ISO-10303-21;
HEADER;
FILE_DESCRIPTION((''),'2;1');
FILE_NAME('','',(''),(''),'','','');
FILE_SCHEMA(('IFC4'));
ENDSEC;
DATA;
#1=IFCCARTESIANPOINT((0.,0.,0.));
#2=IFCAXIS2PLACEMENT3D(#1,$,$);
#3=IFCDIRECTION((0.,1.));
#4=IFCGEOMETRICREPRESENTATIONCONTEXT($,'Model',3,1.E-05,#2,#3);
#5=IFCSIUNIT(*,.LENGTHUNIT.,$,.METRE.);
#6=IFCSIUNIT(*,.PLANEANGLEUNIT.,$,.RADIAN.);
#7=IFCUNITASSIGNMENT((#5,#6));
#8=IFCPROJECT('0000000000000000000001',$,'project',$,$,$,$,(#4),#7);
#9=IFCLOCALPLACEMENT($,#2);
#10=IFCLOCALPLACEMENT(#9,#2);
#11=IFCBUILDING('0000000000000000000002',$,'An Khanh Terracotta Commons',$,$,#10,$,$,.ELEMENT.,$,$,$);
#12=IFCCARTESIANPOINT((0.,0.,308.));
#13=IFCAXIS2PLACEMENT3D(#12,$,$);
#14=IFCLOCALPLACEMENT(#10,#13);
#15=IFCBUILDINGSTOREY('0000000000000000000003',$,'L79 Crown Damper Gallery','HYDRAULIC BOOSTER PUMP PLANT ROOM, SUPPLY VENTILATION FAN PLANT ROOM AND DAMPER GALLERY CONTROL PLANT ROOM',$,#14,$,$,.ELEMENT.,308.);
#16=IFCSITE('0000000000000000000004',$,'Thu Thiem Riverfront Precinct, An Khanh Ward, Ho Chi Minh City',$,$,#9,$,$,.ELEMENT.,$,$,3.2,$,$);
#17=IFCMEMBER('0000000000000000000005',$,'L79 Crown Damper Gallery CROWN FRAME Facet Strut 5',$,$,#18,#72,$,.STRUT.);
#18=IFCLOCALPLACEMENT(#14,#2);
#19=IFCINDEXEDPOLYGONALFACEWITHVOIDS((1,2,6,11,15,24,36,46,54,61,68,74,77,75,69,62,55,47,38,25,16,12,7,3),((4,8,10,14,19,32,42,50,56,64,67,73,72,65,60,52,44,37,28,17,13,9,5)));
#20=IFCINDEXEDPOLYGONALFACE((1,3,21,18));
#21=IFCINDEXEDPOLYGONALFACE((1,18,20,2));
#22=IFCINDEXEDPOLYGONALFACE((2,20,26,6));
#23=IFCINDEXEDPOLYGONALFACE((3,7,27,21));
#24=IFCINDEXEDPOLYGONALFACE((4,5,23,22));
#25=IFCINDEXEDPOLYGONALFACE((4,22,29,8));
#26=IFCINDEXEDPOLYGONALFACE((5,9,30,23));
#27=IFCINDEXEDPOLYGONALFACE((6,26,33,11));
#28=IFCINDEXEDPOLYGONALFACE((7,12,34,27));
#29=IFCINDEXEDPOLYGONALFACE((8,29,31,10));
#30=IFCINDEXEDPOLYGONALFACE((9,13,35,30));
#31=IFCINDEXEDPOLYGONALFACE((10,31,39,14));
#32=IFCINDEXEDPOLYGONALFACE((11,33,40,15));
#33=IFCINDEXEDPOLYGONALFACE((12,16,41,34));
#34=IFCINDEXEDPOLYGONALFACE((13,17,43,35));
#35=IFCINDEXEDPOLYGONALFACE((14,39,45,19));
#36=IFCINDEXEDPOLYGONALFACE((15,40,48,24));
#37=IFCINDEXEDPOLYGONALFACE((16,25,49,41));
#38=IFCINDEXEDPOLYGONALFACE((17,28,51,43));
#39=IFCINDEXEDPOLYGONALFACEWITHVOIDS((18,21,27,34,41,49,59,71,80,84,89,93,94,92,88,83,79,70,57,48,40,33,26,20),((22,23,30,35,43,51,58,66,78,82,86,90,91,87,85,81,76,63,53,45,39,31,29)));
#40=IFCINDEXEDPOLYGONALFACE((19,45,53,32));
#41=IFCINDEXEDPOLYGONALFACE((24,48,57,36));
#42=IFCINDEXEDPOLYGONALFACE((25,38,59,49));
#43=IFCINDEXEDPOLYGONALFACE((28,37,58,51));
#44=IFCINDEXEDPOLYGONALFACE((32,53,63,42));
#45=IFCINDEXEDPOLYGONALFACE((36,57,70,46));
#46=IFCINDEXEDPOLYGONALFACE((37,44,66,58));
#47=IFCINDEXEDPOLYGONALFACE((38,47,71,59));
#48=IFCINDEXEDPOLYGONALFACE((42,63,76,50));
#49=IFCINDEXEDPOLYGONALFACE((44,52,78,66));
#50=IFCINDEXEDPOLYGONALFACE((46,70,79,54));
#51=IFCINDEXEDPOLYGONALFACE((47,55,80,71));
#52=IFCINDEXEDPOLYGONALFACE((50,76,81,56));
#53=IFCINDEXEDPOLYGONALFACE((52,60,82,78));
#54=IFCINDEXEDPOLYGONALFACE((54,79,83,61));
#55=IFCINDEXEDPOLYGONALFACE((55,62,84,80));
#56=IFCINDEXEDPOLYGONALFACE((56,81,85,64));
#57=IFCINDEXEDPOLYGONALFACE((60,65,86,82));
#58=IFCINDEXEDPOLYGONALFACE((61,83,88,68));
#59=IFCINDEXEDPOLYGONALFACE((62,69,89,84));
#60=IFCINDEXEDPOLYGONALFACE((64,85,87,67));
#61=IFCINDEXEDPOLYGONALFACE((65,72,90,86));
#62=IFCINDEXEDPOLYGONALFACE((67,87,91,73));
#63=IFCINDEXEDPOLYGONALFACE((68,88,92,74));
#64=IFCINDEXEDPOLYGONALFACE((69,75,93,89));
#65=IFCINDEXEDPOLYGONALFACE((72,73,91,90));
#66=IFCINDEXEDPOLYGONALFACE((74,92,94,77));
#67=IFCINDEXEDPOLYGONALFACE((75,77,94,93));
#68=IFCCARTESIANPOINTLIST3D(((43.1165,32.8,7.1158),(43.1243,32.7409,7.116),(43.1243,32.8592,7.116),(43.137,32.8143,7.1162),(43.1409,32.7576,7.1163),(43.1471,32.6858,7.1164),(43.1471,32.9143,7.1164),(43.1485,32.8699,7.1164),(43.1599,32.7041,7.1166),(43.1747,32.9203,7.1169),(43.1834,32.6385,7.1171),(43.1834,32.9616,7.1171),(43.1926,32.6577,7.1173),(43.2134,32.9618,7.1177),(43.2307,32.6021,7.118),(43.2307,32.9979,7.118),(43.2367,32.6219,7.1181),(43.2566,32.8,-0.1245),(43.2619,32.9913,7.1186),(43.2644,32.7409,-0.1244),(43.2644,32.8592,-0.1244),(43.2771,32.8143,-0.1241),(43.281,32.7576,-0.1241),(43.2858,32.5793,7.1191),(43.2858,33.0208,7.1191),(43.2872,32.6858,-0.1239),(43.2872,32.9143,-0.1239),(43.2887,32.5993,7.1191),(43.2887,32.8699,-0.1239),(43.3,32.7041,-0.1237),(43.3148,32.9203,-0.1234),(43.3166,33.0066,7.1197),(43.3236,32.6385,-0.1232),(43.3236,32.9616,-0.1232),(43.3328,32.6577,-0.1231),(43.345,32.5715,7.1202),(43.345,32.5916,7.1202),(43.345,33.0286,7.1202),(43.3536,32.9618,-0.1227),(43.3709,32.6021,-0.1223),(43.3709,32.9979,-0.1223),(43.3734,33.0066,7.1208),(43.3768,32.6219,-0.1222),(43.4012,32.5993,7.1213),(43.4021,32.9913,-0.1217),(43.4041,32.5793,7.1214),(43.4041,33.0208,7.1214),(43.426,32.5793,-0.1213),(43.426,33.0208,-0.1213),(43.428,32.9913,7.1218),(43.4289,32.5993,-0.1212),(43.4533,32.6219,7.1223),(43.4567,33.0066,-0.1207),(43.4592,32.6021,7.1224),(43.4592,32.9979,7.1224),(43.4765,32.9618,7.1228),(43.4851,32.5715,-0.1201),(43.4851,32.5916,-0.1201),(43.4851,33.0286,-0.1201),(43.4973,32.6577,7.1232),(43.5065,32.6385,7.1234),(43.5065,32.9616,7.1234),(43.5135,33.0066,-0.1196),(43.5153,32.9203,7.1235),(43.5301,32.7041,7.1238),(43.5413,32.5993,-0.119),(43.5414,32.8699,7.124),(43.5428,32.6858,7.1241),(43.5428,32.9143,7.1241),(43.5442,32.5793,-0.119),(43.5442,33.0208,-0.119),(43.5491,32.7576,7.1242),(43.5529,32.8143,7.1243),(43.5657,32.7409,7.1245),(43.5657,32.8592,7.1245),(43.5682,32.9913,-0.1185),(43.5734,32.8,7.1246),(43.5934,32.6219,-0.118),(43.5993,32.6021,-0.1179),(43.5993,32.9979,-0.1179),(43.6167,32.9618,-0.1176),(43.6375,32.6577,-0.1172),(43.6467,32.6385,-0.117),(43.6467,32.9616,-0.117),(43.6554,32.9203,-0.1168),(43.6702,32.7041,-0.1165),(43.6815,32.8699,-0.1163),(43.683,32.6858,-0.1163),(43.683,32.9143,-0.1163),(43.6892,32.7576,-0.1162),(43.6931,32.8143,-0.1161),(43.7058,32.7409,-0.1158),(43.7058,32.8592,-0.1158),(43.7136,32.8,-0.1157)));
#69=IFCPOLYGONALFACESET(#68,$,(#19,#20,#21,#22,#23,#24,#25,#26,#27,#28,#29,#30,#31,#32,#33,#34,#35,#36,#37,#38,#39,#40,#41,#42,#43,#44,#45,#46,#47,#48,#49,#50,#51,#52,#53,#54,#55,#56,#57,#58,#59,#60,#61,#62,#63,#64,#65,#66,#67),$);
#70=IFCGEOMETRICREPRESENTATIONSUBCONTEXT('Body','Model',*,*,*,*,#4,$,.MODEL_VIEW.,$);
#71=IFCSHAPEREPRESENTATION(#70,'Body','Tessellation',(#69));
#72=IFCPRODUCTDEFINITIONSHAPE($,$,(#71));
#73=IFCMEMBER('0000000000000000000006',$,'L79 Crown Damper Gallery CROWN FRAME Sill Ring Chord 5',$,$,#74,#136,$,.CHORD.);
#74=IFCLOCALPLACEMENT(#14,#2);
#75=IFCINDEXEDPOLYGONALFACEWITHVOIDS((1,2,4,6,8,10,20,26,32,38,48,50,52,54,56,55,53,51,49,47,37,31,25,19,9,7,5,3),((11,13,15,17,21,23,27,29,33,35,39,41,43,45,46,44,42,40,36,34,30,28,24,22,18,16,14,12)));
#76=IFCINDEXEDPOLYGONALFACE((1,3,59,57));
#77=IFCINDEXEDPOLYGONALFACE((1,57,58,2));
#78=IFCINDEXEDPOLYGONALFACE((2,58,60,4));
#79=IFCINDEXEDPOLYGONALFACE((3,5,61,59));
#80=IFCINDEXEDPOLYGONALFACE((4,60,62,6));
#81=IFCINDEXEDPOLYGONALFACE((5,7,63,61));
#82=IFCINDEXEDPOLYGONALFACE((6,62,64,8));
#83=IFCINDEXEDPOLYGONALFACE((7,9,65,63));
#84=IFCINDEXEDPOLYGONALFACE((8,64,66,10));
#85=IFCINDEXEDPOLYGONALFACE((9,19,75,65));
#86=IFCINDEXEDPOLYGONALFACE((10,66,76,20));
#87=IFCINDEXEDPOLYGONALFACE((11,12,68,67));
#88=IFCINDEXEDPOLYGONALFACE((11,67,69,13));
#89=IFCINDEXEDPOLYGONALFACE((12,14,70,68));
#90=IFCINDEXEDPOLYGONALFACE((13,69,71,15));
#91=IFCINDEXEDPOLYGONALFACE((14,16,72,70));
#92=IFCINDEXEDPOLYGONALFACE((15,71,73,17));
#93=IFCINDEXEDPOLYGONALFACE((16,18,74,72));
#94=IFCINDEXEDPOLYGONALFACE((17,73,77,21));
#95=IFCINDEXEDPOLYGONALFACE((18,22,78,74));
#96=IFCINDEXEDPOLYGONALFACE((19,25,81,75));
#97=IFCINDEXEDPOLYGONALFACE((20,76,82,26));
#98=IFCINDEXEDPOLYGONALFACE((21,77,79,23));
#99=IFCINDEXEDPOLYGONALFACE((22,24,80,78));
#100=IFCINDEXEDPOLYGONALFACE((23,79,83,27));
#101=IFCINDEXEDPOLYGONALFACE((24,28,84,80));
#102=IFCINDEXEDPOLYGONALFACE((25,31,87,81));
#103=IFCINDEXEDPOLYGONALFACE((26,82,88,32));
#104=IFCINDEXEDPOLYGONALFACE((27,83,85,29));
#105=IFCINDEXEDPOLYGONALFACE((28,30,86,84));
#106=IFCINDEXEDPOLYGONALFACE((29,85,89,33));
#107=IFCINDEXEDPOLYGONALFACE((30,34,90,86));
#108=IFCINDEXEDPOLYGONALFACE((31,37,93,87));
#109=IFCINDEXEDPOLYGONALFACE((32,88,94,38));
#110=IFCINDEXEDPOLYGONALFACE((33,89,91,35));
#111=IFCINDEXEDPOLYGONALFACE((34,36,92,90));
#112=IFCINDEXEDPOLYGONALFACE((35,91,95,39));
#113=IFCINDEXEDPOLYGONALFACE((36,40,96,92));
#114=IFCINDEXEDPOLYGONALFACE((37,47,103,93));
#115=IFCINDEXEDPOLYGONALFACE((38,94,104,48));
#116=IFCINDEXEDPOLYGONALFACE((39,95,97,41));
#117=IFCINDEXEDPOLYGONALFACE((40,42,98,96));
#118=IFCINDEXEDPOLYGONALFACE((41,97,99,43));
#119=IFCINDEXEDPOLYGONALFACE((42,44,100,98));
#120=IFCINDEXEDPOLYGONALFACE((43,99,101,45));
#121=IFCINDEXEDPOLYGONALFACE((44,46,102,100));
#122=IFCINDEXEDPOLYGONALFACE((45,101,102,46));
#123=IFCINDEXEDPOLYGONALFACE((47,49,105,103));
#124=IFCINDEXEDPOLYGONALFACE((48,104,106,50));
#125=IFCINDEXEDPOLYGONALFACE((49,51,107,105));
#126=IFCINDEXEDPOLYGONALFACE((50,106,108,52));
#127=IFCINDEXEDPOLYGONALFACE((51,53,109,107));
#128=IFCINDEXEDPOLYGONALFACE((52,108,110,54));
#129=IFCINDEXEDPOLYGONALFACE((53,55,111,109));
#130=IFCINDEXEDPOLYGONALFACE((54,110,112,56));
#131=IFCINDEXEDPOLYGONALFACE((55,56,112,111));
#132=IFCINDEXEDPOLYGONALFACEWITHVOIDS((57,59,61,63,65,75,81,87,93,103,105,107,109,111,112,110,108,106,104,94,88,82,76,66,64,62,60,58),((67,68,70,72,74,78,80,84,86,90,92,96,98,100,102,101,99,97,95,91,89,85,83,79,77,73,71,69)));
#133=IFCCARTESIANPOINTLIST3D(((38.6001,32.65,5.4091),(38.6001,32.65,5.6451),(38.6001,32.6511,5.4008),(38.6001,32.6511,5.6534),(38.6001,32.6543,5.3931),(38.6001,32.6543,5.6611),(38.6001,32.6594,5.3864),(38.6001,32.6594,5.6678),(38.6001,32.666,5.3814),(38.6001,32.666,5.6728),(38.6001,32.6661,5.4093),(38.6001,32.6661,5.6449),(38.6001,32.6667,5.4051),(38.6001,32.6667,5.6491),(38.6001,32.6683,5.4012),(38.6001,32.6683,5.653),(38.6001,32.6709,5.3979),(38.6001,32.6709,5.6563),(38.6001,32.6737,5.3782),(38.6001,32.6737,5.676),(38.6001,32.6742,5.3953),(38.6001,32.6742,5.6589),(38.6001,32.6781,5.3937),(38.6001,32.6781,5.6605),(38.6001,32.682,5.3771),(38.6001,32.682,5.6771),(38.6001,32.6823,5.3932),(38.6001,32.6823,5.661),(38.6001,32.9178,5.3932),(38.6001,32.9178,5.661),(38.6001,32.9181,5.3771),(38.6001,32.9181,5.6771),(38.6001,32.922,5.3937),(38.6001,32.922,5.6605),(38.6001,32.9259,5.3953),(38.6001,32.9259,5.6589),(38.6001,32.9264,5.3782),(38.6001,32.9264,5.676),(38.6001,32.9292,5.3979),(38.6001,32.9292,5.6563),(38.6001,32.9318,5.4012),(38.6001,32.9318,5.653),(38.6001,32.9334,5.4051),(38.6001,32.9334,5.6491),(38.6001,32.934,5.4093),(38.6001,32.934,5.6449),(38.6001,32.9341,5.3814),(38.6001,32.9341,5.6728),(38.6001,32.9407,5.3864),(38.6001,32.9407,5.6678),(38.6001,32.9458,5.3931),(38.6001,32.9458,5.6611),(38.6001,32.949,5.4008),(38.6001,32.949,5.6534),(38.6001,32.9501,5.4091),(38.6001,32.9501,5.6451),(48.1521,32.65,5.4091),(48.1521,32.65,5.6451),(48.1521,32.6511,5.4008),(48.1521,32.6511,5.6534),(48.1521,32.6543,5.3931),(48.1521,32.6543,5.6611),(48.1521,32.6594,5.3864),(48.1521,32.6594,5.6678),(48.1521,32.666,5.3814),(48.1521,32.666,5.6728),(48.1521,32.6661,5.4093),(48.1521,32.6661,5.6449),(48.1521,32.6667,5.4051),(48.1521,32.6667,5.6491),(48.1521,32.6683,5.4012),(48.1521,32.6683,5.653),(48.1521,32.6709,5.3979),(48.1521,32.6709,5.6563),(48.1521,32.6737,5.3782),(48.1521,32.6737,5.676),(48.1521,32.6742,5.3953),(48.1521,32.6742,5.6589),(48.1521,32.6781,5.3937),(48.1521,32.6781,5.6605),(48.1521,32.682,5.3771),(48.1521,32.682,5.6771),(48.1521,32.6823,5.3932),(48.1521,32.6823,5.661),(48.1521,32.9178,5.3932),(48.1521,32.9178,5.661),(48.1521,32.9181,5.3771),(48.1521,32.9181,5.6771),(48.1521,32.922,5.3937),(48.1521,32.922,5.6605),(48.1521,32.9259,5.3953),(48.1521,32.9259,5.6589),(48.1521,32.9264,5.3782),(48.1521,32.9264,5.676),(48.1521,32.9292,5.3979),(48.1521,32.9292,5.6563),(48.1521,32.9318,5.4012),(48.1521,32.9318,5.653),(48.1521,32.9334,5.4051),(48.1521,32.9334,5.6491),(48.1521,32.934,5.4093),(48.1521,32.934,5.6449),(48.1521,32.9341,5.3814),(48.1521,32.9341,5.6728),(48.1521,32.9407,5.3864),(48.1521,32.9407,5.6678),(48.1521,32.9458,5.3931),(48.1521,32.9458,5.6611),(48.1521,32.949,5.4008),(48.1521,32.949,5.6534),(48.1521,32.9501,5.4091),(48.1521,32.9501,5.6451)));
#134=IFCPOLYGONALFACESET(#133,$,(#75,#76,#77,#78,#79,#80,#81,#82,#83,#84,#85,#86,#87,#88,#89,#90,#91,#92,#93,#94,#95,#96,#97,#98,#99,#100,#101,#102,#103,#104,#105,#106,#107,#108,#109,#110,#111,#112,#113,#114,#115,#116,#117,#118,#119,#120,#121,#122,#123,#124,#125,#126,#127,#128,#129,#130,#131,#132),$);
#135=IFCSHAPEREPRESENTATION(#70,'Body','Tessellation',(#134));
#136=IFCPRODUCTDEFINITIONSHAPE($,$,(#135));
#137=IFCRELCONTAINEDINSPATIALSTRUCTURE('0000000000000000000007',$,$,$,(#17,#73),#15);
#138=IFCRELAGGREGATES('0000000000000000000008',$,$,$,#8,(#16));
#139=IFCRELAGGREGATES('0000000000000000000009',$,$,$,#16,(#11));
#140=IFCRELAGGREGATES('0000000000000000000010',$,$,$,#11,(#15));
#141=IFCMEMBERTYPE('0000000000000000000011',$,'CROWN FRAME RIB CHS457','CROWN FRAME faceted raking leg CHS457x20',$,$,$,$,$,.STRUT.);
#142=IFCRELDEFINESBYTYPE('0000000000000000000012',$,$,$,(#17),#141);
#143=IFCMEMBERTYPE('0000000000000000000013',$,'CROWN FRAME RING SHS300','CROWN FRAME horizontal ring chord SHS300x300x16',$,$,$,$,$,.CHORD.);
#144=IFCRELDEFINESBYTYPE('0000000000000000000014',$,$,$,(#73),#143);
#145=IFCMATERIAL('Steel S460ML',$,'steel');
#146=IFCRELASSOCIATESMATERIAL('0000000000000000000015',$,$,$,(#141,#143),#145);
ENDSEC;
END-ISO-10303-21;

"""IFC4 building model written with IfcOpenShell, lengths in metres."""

from ifc_helpers import new_model, si_unit, direction, frame, origin, origin_2d, place, context, subcontext, project, spatial, hollow_rectangle, hollow_circle, extrude, material, material_profile, profile_set, type_object, element, save


model = new_model("IFC4")

# Units and contexts
model_context = context("Model", 3, precision=1e-05, world=origin(), true_north=direction((0.0, 1.0)))
body_context = subcontext(model_context, "Body", "Model", "MODEL_VIEW")
ifc_project = project(units=[si_unit("LENGTHUNIT", "METRE"), si_unit("PLANEANGLEUNIT", "RADIAN")], contexts=[model_context])

# Site, building, storey
site_placement = place(None, origin())
site = spatial("IfcSite", under=ifc_project, at=site_placement, Name="Thu Thiem Riverfront Precinct, An Khanh Ward, Ho Chi Minh City", CompositionType="ELEMENT", RefElevation=3.2)
building_placement = place(site_placement, origin())
building = spatial("IfcBuilding", under=site, at=building_placement, Name="An Khanh Terracotta Commons", CompositionType="ELEMENT")
storey_placement = place(building_placement, frame((0.0, 0.0, 308.0)))
storey = spatial("IfcBuildingStorey", under=building, at=storey_placement, Name="L79 Crown Damper Gallery", Description="HYDRAULIC BOOSTER PUMP PLANT ROOM, SUPPLY VENTILATION FAN PLANT ROOM AND DAMPER GALLERY CONTROL PLANT ROOM", CompositionType="ELEMENT", Elevation=308.0)

# Members
ifc_material_1 = material(Name="Steel S460ML", Category="steel")
ifc_material_profile_1 = material_profile(ifc_material_1, hollow_circle(Radius=0.2285, WallThickness=0.02, at=origin_2d()), Name="CHS457x20")
ifc_profile_set_1 = profile_set([ifc_material_profile_1], Name="Steel S460ML")
member_type_1 = type_object("IfcMemberType", Name="CROWN FRAME RIB CHS457", Description="CROWN FRAME faceted raking leg CHS457x20", PredefinedType="STRUT", material=ifc_profile_set_1)
member_1_placement = place(storey_placement, frame((43.4851, 32.8, -0.1201), z_axis=(-0.019352, 0.0, 0.999813), x_axis=(0.0, -1.0, 0.0)))
element("IfcMember", 1, at=member_1_placement, inside=storey, type_object=member_type_1, Name="L79 Crown Damper Gallery CROWN FRAME Facet Strut 5", PredefinedType="STRUT", context=body_context, shape_type="SweptSolid", body=[
    extrude(hollow_circle(Radius=0.2285, WallThickness=0.02, at=origin_2d()), origin(), (0.0, 0.0, 1.0), 7.2417),
])
ifc_material_profile_2 = material_profile(ifc_material_1, hollow_rectangle(XDim=0.3, YDim=0.3, WallThickness=0.0161, InnerFilletRadius=0.0161, OuterFilletRadius=0.032, at=origin_2d()), Name="SHS300x300x16")
ifc_profile_set_2 = profile_set([ifc_material_profile_2], Name="Steel S460ML")
member_type_2 = type_object("IfcMemberType", Name="CROWN FRAME RING SHS300", Description="CROWN FRAME horizontal ring chord SHS300x300x16", PredefinedType="CHORD", material=ifc_profile_set_2)
member_2_placement = place(storey_placement, frame((48.1521, 32.8, 5.5271), z_axis=(-1.0, 0.0, 0.0), x_axis=(0.0, -1.0, 0.0)))
element("IfcMember", 2, at=member_2_placement, inside=storey, type_object=member_type_2, Name="L79 Crown Damper Gallery CROWN FRAME Sill Ring Chord 5", PredefinedType="CHORD", context=body_context, shape_type="SweptSolid", body=[
    extrude(hollow_rectangle(XDim=0.3, YDim=0.3, WallThickness=0.0161, InnerFilletRadius=0.0161, OuterFilletRadius=0.032, at=origin_2d()), origin(), (0.0, 0.0, 1.0), 9.552),
])

save(model, "model.ifc")
